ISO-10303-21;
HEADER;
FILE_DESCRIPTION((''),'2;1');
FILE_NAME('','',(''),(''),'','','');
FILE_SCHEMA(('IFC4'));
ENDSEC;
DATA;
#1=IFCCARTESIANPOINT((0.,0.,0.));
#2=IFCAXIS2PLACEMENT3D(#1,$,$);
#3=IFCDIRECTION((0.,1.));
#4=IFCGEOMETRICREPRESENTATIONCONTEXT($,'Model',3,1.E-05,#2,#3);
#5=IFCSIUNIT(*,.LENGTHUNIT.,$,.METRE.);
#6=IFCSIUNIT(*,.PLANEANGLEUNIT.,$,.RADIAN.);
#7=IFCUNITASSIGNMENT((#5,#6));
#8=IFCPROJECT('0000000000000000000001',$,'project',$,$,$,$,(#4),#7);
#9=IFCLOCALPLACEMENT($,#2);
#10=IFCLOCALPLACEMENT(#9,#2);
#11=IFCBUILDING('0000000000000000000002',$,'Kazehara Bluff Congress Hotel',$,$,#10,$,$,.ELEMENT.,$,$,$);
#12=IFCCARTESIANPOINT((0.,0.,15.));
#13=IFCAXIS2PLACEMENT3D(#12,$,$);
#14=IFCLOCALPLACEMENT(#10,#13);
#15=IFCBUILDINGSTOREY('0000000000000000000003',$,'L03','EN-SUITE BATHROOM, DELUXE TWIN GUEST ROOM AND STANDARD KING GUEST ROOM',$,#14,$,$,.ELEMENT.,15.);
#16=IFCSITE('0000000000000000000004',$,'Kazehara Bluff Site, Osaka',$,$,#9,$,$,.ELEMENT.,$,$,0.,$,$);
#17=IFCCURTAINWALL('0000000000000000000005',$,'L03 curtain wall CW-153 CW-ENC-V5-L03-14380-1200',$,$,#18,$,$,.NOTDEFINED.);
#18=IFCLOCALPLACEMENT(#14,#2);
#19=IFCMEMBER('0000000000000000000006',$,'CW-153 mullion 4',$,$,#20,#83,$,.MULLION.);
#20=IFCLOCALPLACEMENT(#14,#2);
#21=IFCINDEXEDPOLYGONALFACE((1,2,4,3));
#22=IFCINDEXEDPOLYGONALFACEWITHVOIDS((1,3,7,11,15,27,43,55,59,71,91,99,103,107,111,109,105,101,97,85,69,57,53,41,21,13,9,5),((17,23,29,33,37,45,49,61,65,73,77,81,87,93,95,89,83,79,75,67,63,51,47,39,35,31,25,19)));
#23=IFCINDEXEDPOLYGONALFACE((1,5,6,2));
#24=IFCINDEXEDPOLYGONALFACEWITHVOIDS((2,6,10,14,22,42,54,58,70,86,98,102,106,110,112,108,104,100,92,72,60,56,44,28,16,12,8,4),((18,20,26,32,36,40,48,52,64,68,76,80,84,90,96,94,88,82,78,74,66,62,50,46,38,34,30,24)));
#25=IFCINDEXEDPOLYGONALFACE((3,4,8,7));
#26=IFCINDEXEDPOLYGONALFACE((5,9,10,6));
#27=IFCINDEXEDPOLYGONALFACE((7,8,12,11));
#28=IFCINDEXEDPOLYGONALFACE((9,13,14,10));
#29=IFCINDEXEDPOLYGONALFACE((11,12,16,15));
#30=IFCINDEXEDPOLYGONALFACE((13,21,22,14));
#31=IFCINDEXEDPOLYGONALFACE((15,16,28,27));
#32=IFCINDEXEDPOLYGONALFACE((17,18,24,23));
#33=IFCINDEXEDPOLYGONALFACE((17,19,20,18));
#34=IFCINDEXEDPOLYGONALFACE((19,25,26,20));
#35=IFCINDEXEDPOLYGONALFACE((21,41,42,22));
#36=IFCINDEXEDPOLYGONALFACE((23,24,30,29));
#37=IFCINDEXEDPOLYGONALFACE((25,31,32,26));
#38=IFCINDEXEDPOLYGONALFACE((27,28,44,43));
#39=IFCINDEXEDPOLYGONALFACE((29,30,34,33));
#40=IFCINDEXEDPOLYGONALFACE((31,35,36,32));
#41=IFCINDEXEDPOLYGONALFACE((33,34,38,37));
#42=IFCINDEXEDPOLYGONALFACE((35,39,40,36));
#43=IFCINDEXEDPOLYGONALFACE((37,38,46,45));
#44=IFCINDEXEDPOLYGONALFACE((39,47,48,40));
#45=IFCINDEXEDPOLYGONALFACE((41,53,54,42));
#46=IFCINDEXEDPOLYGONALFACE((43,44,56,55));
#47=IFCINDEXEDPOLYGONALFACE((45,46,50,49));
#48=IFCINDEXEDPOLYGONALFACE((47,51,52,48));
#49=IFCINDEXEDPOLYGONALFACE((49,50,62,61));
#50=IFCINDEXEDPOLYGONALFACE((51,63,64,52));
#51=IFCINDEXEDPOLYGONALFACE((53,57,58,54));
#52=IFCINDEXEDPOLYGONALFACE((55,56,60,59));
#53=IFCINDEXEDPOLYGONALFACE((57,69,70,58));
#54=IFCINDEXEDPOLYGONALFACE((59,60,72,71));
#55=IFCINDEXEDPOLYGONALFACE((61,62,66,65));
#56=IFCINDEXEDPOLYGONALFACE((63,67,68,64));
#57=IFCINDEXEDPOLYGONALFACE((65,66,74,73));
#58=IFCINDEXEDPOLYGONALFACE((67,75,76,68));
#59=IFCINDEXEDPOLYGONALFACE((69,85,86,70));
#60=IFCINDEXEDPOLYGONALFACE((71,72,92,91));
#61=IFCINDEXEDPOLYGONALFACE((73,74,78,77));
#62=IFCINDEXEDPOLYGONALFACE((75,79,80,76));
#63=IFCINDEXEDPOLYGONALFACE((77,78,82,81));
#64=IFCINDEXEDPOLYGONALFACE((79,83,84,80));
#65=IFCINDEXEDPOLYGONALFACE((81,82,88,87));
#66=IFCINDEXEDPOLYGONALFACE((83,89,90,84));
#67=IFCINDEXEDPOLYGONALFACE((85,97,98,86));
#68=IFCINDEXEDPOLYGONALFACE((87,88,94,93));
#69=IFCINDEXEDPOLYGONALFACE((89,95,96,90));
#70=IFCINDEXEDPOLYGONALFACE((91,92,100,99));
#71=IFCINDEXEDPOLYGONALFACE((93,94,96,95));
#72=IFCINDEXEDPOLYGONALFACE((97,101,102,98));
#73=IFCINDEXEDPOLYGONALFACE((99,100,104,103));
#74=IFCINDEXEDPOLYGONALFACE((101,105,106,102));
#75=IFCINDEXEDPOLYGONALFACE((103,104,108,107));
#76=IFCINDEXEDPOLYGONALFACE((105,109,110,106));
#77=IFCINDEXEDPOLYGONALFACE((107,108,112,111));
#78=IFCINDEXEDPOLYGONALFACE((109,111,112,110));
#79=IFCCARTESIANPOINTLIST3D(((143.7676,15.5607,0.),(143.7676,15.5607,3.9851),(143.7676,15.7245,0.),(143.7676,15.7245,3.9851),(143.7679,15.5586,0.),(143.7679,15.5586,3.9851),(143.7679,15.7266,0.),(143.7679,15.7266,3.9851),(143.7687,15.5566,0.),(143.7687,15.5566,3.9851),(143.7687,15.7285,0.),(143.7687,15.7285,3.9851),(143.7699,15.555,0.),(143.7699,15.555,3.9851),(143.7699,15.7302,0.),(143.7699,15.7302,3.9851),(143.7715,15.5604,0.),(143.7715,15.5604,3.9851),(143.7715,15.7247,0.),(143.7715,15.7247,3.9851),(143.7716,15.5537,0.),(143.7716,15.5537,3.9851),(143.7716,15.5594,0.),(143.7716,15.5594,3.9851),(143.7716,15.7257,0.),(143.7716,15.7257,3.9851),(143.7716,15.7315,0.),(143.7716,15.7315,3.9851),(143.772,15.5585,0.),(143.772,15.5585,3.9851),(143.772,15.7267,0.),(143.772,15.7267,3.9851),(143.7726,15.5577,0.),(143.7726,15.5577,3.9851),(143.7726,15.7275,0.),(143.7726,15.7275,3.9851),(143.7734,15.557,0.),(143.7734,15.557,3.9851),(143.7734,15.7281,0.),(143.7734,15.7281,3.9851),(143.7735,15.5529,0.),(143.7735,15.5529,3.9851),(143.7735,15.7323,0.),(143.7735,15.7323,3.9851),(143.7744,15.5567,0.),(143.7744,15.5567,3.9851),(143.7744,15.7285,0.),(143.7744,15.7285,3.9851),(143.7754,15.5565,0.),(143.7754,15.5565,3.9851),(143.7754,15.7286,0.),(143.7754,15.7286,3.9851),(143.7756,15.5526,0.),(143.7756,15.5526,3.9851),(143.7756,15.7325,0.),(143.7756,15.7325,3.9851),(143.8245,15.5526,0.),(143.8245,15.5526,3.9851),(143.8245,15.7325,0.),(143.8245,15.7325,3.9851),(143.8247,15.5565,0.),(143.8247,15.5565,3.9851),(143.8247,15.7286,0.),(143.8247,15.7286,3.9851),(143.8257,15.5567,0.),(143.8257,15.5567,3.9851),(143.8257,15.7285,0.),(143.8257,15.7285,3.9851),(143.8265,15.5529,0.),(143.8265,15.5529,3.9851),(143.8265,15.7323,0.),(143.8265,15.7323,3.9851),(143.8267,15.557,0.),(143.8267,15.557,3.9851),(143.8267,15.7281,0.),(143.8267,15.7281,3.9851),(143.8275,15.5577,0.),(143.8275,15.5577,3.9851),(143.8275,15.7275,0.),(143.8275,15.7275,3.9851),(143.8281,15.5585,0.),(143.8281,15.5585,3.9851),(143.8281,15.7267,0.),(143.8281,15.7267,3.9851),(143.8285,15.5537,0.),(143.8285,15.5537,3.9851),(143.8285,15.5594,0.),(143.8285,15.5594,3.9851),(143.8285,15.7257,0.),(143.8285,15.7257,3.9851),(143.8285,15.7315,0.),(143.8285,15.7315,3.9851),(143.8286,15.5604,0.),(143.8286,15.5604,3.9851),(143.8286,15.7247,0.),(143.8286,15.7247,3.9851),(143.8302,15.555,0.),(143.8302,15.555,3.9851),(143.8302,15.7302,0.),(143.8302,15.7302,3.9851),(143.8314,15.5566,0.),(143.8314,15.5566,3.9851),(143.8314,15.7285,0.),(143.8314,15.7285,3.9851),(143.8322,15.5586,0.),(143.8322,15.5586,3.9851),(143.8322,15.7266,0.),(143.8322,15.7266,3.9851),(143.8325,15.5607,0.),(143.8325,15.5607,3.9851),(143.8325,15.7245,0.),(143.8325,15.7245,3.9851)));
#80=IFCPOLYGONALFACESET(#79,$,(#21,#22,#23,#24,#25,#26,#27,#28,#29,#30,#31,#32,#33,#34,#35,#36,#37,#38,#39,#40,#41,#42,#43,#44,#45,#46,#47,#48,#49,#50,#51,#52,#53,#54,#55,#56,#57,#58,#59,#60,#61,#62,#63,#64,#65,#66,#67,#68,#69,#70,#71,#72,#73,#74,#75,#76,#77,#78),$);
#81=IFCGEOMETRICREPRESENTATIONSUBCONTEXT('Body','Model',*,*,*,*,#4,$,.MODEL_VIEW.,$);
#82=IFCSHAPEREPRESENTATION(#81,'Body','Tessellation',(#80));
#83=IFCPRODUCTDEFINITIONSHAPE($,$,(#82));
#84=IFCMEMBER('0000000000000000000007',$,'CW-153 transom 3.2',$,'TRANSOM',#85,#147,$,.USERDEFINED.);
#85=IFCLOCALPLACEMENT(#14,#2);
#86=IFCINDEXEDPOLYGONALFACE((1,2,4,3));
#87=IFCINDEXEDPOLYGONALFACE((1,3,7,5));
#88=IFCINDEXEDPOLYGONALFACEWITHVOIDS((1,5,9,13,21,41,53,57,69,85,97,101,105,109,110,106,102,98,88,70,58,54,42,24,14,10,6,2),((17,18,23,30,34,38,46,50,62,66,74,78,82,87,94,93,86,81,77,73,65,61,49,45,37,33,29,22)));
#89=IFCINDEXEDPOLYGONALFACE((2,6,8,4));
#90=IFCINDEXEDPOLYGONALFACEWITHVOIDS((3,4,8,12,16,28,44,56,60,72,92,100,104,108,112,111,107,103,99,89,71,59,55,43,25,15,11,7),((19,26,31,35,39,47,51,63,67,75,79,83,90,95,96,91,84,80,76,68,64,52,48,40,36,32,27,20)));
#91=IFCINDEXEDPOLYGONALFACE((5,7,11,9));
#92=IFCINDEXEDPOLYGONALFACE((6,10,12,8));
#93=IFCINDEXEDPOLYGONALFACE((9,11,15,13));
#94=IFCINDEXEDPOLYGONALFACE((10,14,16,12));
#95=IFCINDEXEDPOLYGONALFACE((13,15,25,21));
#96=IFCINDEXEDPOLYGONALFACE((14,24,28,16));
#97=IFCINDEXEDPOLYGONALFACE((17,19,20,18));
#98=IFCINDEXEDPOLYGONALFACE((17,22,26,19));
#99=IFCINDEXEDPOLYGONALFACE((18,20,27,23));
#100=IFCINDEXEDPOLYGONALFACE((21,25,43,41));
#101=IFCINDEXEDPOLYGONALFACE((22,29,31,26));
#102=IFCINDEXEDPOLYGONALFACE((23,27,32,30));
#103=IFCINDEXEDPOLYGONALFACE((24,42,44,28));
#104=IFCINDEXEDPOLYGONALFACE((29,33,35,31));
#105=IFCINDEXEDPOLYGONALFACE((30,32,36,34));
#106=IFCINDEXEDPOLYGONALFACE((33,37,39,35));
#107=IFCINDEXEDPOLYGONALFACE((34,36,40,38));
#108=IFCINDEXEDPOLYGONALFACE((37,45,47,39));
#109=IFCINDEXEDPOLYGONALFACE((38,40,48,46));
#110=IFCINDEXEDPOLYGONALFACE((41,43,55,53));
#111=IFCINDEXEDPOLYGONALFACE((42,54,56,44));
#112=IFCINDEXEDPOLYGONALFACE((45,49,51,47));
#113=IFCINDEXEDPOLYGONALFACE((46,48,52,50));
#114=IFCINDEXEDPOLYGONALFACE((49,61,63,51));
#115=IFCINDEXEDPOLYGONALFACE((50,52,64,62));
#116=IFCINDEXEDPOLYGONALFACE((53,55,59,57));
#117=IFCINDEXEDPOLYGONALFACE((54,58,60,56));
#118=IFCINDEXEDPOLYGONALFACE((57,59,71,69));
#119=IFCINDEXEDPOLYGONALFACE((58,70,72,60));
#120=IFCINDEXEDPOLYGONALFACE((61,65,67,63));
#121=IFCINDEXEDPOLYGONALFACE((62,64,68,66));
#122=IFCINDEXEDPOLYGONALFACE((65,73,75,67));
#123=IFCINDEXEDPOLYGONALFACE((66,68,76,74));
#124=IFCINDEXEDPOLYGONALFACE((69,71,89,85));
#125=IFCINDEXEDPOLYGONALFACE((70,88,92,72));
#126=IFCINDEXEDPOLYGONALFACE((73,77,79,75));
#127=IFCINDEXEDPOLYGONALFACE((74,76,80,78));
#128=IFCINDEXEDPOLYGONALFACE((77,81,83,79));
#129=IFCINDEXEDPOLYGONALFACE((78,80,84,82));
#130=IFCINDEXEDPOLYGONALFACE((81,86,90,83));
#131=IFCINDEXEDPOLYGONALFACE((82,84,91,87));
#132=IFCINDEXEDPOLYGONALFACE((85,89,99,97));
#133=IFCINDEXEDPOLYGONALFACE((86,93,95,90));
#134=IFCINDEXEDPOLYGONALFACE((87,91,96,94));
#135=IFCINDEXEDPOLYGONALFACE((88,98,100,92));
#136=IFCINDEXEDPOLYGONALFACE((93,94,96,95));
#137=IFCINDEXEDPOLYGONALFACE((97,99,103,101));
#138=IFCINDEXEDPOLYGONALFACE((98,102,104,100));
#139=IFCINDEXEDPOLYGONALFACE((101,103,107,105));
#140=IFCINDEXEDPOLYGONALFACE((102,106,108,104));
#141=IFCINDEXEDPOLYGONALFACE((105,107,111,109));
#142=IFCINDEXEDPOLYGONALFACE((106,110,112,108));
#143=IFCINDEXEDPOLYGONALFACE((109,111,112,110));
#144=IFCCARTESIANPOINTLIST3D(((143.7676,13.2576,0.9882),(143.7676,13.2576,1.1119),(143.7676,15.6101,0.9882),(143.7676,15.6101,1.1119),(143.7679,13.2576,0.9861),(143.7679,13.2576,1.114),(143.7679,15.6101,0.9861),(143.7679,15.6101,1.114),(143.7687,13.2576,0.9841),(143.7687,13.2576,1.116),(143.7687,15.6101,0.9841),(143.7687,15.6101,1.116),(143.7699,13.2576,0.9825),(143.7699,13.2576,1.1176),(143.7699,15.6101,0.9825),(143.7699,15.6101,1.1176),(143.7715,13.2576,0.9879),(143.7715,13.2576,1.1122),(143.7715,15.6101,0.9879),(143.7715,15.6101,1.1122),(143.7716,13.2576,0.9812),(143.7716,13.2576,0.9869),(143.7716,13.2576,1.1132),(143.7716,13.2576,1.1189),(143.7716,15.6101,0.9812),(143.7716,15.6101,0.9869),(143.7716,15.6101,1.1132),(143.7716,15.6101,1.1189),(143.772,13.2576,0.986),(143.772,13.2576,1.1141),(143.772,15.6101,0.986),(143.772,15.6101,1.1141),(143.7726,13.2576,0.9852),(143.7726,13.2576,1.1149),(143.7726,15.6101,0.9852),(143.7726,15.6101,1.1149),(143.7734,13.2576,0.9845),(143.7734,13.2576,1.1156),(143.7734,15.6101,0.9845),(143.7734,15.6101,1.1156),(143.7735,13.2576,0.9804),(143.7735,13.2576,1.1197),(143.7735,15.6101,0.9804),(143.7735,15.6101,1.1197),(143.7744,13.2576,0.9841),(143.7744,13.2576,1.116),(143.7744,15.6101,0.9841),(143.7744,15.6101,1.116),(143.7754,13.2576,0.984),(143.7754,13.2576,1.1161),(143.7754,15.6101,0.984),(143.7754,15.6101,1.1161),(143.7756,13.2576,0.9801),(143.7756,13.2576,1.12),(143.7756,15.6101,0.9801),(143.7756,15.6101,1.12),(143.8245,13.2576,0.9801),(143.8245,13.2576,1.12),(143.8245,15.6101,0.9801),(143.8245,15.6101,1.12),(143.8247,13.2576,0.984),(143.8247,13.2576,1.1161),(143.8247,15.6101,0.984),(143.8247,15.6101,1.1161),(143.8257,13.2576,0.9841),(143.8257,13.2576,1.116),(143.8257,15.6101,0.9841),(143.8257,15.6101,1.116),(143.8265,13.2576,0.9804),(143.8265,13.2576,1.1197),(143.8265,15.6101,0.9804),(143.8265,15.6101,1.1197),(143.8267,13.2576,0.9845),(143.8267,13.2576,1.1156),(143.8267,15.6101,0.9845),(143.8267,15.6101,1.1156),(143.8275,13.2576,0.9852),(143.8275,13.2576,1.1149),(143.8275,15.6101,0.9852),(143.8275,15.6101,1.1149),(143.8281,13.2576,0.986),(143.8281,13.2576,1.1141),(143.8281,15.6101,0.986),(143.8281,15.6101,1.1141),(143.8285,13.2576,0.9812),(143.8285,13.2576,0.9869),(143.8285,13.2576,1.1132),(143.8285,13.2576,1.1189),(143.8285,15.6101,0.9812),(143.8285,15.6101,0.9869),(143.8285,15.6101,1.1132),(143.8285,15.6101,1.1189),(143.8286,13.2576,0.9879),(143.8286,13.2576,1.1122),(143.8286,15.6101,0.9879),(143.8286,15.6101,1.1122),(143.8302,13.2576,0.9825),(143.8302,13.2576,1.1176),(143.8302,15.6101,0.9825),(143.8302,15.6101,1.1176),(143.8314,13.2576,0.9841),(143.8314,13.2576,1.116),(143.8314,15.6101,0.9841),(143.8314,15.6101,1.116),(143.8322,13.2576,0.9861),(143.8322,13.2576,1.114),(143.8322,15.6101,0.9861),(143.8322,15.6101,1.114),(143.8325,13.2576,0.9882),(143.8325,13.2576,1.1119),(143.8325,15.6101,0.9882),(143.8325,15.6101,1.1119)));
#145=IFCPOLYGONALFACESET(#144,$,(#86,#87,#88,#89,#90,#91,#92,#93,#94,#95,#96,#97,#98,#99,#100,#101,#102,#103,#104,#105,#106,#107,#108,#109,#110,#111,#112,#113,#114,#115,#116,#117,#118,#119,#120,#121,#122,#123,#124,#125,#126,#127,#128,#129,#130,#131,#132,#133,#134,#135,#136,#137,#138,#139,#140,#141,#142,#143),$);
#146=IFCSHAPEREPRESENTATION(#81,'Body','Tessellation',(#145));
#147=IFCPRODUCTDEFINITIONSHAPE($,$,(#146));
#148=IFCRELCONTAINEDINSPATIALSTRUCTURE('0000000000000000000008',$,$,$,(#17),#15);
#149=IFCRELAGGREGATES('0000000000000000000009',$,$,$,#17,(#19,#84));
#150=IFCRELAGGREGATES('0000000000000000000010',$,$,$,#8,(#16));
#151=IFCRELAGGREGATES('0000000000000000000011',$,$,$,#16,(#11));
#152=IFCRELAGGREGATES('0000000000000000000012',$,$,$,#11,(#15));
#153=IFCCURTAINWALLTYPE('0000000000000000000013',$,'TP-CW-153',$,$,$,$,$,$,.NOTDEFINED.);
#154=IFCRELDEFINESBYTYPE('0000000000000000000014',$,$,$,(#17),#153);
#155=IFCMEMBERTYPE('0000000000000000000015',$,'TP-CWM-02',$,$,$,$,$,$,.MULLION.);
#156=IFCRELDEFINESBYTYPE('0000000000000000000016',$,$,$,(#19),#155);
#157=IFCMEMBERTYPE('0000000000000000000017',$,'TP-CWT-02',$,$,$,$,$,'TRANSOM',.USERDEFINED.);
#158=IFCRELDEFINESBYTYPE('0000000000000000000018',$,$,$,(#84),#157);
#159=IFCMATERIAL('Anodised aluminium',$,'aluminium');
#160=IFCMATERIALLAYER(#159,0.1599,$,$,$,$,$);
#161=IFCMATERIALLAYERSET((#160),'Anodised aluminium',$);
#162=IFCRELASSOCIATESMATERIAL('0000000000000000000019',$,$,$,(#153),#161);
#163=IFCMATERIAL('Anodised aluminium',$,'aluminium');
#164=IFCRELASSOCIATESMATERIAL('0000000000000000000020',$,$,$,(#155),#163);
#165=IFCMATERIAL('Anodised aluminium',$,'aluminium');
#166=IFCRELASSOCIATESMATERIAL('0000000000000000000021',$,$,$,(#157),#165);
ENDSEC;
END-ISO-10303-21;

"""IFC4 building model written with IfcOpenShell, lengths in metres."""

from ifc_helpers import new_model, si_unit, direction, frame, origin, origin_2d, place, context, subcontext, project, spatial, hollow_rectangle, extrude, material, layer, layer_set, material_profile, profile_set, type_object, element, aggregate, save


model = new_model("IFC4")

# Units and contexts
model_context = context("Model", 3, precision=1e-05, world=origin(), true_north=direction((0.0, 1.0)))
body_context = subcontext(model_context, "Body", "Model", "MODEL_VIEW")
ifc_project = project(units=[si_unit("LENGTHUNIT", "METRE"), si_unit("PLANEANGLEUNIT", "RADIAN")], contexts=[model_context])

# Site, building, storey
site_placement = place(None, origin())
site = spatial("IfcSite", under=ifc_project, at=site_placement, Name="Kazehara Bluff Site, Osaka", CompositionType="ELEMENT", RefElevation=0.0)
building_placement = place(site_placement, origin())
building = spatial("IfcBuilding", under=site, at=building_placement, Name="Kazehara Bluff Congress Hotel", CompositionType="ELEMENT")
storey_placement = place(building_placement, frame((0.0, 0.0, 15.0)))
storey = spatial("IfcBuildingStorey", under=building, at=storey_placement, Name="L03", Description="EN-SUITE BATHROOM, DELUXE TWIN GUEST ROOM AND STANDARD KING GUEST ROOM", CompositionType="ELEMENT", Elevation=15.0)

# Curtain wall, members
ifc_material_1 = material(Name="Anodised aluminium", Category="aluminium")
ifc_layer_1 = layer(ifc_material_1, 0.1599)
ifc_layer_set_1 = layer_set([ifc_layer_1], Name="Anodised aluminium")
curtain_wall_type = type_object("IfcCurtainWallType", Name="TP-CW-153", PredefinedType="NOTDEFINED", material=ifc_layer_set_1)
curtain_wall_placement = place(storey_placement, origin())
curtain_wall = element("IfcCurtainWall", 1, at=curtain_wall_placement, inside=storey, type_object=curtain_wall_type, Name="L03 curtain wall CW-153 CW-ENC-V5-L03-14380-1200", PredefinedType="NOTDEFINED")
ifc_material_2 = material(Name="Anodised aluminium", Category="aluminium")
ifc_material_profile_1 = material_profile(ifc_material_2, hollow_rectangle(XDim=0.0649, YDim=0.1799, WallThickness=0.0039, InnerFilletRadius=0.0039, OuterFilletRadius=0.0081, at=origin_2d()))
ifc_profile_set_1 = profile_set([ifc_material_profile_1], Name="Anodised aluminium")
member_type_1 = type_object("IfcMemberType", Name="TP-CWM-02", PredefinedType="MULLION", material=ifc_profile_set_1)
member_1_placement = place(storey_placement, frame((143.8, 15.6426, 0.0), z_axis=(0.0, 0.0, 1.0), x_axis=(-1.0, 0.0, 0.0)))
member_1 = element("IfcMember", 2, at=member_1_placement, type_object=member_type_1, Name="CW-153 mullion 4", PredefinedType="MULLION", context=body_context, shape_type="SweptSolid", body=[
    extrude(hollow_rectangle(XDim=0.0649, YDim=0.1799, WallThickness=0.0039, InnerFilletRadius=0.0039, OuterFilletRadius=0.0081, at=origin_2d()), origin(), (0.0, 0.0, 1.0), 3.9851),
])
ifc_material_3 = material(Name="Anodised aluminium", Category="aluminium")
ifc_material_profile_2 = material_profile(ifc_material_3, hollow_rectangle(XDim=0.0649, YDim=0.1399, WallThickness=0.0039, InnerFilletRadius=0.0039, OuterFilletRadius=0.0081, at=origin_2d()))
ifc_profile_set_2 = profile_set([ifc_material_profile_2], Name="Anodised aluminium")
member_type_2 = type_object("IfcMemberType", Name="TP-CWT-02", ElementType="TRANSOM", PredefinedType="USERDEFINED", material=ifc_profile_set_2)
member_2_placement = place(storey_placement, frame((143.8, 13.2576, 1.05), z_axis=(0.0, 1.0, 0.0), x_axis=(-1.0, 0.0, 0.0)))
member_2 = element("IfcMember", 3, at=member_2_placement, type_object=member_type_2, Name="CW-153 transom 3.2", ObjectType="TRANSOM", PredefinedType="USERDEFINED", context=body_context, shape_type="SweptSolid", body=[
    extrude(hollow_rectangle(XDim=0.0649, YDim=0.1399, WallThickness=0.0039, InnerFilletRadius=0.0039, OuterFilletRadius=0.0081, at=origin_2d()), origin(), (0.0, 0.0, 1.0), 2.3525),
])
aggregate(curtain_wall, [member_1, member_2])

save(model, "model.ifc")
